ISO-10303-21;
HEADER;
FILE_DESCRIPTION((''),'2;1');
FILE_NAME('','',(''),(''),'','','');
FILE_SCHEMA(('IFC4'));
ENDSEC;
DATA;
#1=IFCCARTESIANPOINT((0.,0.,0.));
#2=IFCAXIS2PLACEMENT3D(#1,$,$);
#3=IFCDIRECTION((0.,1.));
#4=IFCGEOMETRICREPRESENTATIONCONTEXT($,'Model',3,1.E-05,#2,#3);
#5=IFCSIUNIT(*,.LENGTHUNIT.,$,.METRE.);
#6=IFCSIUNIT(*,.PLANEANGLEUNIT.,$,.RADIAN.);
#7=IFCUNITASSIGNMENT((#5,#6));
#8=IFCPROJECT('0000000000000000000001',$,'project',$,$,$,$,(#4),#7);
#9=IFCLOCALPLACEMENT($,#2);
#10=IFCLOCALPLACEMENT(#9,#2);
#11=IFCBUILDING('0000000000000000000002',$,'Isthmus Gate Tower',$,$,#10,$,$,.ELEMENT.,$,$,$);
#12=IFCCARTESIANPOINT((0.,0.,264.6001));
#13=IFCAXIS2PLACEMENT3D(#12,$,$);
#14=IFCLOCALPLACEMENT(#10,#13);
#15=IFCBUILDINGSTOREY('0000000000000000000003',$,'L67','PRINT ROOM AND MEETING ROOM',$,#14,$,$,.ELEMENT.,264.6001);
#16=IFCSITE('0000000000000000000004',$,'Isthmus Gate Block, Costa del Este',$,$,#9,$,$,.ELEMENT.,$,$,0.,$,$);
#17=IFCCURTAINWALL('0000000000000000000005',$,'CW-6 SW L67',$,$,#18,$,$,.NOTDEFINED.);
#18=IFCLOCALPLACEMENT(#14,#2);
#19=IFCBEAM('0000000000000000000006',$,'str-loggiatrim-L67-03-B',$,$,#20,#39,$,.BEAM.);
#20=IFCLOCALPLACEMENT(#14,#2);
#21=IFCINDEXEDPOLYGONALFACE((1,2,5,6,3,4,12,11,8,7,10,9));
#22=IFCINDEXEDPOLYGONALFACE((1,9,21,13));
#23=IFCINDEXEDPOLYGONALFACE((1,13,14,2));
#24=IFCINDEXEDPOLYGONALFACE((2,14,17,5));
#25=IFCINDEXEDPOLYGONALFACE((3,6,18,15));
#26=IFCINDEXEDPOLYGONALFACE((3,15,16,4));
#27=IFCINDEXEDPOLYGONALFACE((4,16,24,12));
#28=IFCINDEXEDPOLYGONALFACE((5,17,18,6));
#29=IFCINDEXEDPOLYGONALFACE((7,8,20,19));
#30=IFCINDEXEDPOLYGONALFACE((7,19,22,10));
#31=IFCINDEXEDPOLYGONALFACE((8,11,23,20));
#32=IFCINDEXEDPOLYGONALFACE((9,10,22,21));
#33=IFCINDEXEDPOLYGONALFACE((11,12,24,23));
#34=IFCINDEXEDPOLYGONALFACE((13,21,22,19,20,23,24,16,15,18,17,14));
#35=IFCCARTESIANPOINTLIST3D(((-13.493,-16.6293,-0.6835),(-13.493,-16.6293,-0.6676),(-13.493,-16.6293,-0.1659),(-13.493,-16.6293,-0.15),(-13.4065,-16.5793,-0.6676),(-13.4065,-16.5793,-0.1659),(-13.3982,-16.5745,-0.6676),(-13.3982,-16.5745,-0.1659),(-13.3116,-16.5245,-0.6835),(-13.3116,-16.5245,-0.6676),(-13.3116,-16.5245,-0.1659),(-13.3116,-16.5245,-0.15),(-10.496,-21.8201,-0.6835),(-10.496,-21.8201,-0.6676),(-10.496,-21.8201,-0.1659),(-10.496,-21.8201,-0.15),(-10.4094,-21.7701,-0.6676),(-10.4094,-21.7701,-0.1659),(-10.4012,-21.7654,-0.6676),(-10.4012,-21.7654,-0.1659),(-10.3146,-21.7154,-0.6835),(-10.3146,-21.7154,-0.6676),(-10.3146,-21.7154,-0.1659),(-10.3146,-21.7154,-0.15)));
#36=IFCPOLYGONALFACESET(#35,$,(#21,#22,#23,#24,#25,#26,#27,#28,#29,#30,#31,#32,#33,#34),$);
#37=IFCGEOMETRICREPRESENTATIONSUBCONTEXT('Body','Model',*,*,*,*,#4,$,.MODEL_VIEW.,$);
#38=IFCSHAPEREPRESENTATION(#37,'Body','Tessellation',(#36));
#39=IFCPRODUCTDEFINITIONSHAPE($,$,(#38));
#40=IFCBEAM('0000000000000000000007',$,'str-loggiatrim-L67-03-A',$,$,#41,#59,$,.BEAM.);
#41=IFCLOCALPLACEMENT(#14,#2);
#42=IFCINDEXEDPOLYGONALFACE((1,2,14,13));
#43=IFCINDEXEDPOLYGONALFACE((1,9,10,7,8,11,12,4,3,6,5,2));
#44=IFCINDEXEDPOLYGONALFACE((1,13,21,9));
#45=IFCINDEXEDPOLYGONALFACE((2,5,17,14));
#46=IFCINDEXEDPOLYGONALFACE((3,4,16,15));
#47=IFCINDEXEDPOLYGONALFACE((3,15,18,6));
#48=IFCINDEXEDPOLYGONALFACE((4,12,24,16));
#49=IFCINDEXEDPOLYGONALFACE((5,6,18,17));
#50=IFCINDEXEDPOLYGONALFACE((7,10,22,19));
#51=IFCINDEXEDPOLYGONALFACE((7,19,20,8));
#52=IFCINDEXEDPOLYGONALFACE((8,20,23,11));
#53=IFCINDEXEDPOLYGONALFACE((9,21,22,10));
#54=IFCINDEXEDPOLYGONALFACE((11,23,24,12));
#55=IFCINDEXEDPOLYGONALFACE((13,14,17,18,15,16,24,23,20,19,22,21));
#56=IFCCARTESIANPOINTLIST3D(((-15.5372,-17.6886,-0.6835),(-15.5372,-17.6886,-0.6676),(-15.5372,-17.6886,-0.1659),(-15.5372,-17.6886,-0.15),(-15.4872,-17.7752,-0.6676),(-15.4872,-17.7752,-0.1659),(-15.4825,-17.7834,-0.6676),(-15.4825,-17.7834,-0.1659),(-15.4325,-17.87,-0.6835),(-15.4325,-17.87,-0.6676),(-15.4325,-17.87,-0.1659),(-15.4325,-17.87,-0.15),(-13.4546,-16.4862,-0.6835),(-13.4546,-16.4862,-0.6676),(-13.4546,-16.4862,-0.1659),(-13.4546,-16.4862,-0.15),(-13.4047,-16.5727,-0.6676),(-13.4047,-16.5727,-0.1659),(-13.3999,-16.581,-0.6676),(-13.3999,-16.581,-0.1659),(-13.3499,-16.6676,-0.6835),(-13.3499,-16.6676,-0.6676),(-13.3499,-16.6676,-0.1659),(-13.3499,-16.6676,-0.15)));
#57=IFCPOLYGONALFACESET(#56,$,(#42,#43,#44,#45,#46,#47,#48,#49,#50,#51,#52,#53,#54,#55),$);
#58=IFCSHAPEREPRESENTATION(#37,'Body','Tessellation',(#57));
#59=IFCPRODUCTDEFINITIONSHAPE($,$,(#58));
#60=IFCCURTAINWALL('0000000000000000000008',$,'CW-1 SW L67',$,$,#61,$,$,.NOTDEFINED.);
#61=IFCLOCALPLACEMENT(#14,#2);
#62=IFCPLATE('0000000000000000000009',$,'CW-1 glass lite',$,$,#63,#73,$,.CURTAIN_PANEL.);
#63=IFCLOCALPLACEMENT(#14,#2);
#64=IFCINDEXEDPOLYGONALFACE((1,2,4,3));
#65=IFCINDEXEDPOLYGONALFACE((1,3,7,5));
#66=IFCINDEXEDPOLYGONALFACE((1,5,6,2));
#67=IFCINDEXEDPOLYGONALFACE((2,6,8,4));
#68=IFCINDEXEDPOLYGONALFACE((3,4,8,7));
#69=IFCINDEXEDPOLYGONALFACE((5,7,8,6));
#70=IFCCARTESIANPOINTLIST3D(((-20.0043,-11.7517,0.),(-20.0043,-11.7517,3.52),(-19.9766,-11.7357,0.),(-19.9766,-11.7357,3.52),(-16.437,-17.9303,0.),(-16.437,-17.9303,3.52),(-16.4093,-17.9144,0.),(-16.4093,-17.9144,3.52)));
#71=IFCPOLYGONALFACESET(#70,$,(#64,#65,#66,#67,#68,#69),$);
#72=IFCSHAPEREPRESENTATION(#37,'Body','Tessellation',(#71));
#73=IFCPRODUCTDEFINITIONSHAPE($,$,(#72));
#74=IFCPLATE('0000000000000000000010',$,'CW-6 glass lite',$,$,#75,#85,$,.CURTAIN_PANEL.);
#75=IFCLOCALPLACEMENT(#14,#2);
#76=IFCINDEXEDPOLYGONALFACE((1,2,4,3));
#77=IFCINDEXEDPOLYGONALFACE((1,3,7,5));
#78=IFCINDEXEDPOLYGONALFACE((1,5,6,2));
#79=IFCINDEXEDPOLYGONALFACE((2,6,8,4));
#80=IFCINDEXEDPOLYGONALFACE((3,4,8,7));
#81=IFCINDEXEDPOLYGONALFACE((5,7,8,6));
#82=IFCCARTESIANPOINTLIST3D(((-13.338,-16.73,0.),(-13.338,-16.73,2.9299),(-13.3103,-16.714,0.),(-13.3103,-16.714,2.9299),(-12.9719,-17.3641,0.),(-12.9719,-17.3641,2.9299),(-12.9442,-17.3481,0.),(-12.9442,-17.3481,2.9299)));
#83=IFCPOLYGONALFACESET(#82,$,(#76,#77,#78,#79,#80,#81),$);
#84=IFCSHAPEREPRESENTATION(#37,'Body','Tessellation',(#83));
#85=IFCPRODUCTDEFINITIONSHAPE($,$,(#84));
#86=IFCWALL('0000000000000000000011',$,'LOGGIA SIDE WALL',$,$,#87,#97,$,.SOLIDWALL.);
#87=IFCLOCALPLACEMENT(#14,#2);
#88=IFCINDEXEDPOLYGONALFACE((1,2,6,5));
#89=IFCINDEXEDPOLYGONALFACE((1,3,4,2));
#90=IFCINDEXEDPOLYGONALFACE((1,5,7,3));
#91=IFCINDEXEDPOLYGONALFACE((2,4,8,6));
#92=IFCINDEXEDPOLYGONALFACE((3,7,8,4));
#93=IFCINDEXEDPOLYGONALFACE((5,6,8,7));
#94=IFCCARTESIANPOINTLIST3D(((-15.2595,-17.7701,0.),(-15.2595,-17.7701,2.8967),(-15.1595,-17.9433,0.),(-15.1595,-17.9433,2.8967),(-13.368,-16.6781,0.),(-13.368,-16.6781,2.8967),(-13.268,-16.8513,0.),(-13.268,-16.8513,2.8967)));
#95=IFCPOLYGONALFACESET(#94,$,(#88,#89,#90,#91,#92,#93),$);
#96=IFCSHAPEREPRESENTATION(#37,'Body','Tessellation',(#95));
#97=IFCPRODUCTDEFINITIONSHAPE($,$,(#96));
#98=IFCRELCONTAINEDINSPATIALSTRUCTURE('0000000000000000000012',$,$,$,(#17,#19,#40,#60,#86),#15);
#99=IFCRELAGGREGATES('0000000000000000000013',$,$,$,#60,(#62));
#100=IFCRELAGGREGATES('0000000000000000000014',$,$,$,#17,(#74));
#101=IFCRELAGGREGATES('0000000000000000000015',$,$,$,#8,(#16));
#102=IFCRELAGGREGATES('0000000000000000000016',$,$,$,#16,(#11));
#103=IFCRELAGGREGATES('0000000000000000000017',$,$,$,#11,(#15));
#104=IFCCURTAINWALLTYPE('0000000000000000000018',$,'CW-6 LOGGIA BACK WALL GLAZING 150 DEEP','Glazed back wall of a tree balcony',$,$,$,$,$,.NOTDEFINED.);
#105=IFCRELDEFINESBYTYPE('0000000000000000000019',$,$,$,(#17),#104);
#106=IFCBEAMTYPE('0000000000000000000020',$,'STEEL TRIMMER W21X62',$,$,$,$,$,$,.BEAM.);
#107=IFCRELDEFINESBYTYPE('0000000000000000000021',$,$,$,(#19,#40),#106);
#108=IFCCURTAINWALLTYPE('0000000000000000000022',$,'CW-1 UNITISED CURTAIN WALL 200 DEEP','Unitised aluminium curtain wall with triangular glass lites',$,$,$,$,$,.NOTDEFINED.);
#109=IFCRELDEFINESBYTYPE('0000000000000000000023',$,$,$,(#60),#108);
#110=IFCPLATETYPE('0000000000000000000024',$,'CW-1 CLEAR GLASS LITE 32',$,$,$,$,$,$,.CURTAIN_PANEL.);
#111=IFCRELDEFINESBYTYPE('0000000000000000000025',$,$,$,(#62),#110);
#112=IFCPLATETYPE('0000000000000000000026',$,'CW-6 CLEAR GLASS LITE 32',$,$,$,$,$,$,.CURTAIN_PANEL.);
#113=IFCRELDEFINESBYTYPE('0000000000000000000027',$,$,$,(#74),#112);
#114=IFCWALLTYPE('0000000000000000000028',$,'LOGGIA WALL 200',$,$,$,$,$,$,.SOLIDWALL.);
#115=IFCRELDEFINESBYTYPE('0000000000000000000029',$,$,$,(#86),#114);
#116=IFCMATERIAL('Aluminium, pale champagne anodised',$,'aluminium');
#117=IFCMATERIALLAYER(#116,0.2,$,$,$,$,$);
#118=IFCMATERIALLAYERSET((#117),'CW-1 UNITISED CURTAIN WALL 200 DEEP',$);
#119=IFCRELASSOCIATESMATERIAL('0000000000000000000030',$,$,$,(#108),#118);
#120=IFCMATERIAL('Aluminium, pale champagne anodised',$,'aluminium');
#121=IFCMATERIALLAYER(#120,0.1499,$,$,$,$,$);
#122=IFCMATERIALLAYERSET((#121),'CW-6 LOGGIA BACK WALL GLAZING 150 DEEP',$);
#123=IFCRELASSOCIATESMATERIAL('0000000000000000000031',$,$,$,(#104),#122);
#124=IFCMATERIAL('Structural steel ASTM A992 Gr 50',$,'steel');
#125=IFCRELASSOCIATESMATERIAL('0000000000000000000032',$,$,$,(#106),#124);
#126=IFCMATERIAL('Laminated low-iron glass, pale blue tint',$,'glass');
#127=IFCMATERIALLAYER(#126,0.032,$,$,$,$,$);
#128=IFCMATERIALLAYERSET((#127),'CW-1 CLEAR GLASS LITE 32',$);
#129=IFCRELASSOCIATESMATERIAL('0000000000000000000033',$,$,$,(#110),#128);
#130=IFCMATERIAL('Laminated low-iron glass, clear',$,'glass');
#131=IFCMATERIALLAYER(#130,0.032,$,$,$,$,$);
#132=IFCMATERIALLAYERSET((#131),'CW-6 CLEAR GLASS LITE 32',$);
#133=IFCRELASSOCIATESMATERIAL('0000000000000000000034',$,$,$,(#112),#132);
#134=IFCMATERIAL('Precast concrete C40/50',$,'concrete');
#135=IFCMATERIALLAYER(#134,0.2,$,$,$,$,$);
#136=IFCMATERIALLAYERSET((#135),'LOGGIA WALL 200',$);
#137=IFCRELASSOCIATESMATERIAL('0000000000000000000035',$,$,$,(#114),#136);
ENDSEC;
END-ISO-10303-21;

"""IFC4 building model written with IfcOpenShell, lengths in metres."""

from ifc_helpers import new_model, si_unit, direction, frame, frame_2d, origin, origin_2d, place, context, subcontext, project, spatial, rectangle, i_section, extrude, material, layer, layer_set, material_profile, profile_set, type_object, element, aggregate, save


model = new_model("IFC4")

# Units and contexts
model_context = context("Model", 3, precision=1e-05, world=origin(), true_north=direction((0.0, 1.0)))
body_context = subcontext(model_context, "Body", "Model", "MODEL_VIEW")
ifc_project = project(units=[si_unit("LENGTHUNIT", "METRE"), si_unit("PLANEANGLEUNIT", "RADIAN")], contexts=[model_context])

# Site, building, storey
site_placement = place(None, origin())
site = spatial("IfcSite", under=ifc_project, at=site_placement, Name="Isthmus Gate Block, Costa del Este", CompositionType="ELEMENT", RefElevation=0.0)
building_placement = place(site_placement, origin())
building = spatial("IfcBuilding", under=site, at=building_placement, Name="Isthmus Gate Tower", CompositionType="ELEMENT")
storey_placement = place(building_placement, frame((0.0, 0.0, 264.6001)))
storey = spatial("IfcBuildingStorey", under=building, at=storey_placement, Name="L67", Description="PRINT ROOM AND MEETING ROOM", CompositionType="ELEMENT", Elevation=264.6001)

# Shared definitions
ifc_material_1 = material(Name="Aluminium, pale champagne anodised", Category="aluminium")
ifc_layer_1 = layer(ifc_material_1, 0.2)
ifc_layer_set_1 = layer_set([ifc_layer_1], Name="CW-1 UNITISED CURTAIN WALL 200 DEEP")
curtain_wall_type_1 = type_object("IfcCurtainWallType", Name="CW-1 UNITISED CURTAIN WALL 200 DEEP", Description="Unitised aluminium curtain wall with triangular glass lites", PredefinedType="NOTDEFINED", material=ifc_layer_set_1)

# Curtain wall
ifc_material_2 = material(Name="Aluminium, pale champagne anodised", Category="aluminium")
ifc_layer_2 = layer(ifc_material_2, 0.1499)
ifc_layer_set_2 = layer_set([ifc_layer_2], Name="CW-6 LOGGIA BACK WALL GLAZING 150 DEEP")
curtain_wall_type_2 = type_object("IfcCurtainWallType", Name="CW-6 LOGGIA BACK WALL GLAZING 150 DEEP", Description="Glazed back wall of a tree balcony", PredefinedType="NOTDEFINED", material=ifc_layer_set_2)
curtain_wall_1_placement = place(storey_placement, origin())
curtain_wall_1 = element("IfcCurtainWall", 1, at=curtain_wall_1_placement, inside=storey, type_object=curtain_wall_type_2, Name="CW-6 SW L67", PredefinedType="NOTDEFINED")

# Beams
ifc_material_3 = material(Name="Structural steel ASTM A992 Gr 50", Category="steel")
ifc_material_profile_1 = material_profile(ifc_material_3, i_section(OverallWidth=0.2095, OverallDepth=0.5334, WebThickness=0.0095, FlangeThickness=0.0159, at=origin_2d()), Name="W21X62")
ifc_profile_set_1 = profile_set([ifc_material_profile_1], Name="Structural steel ASTM A992 Gr 50")
beam_type_1 = type_object("IfcBeamType", Name="STEEL TRIMMER W21X62", PredefinedType="BEAM", material=ifc_profile_set_1)
beam_1_placement = place(storey_placement, frame((-13.4023, -16.5769, -0.4167), z_axis=(0.500012, -0.866019, 0.0), x_axis=(0.866019, 0.500012, 0.0)))
element("IfcBeam", 2, at=beam_1_placement, inside=storey, type_object=beam_type_1, Name="str-loggiatrim-L67-03-B", PredefinedType="BEAM", context=body_context, shape_type="SweptSolid", body=[
    extrude(i_section(OverallWidth=0.2095, OverallDepth=0.5334, WebThickness=0.0095, FlangeThickness=0.0159, at=origin_2d()), origin(), (0.0, 0.0, 1.0), 5.9939),
])
beam_2_placement = place(storey_placement, frame((-15.4849, -17.7793, -0.4167), z_axis=(0.866017, 0.500015, 0.0), x_axis=(-0.500015, 0.866017, 0.0)))
element("IfcBeam", 3, at=beam_2_placement, inside=storey, type_object=beam_type_1, Name="str-loggiatrim-L67-03-A", PredefinedType="BEAM", context=body_context, shape_type="SweptSolid", body=[
    extrude(i_section(OverallWidth=0.2095, OverallDepth=0.5334, WebThickness=0.0095, FlangeThickness=0.0159, at=origin_2d()), origin(), (0.0, 0.0, 1.0), 2.4048),
])

# Curtain wall, plate
curtain_wall_2_placement = place(storey_placement, origin())
curtain_wall_2 = element("IfcCurtainWall", 4, at=curtain_wall_2_placement, inside=storey, type_object=curtain_wall_type_1, Name="CW-1 SW L67", PredefinedType="NOTDEFINED")
ifc_material_4 = material(Name="Laminated low-iron glass, pale blue tint", Category="glass")
ifc_layer_3 = layer(ifc_material_4, 0.032)
ifc_layer_set_3 = layer_set([ifc_layer_3], Name="CW-1 CLEAR GLASS LITE 32")
plate_type_1 = type_object("IfcPlateType", Name="CW-1 CLEAR GLASS LITE 32", PredefinedType="CURTAIN_PANEL", material=ifc_layer_set_3)
plate_1_placement = place(storey_placement, frame((-18.2068, -14.833, 0.0), z_axis=(0.0, 0.0, 1.0), x_axis=(0.5, -0.866025, 0.0)))
plate_1 = element("IfcPlate", 5, at=plate_1_placement, type_object=plate_type_1, Name="CW-1 glass lite", PredefinedType="CURTAIN_PANEL", context=body_context, shape_type="SweptSolid", body=[
    extrude(rectangle(XDim=7.1345, YDim=0.032, at=origin_2d()), origin(), (0.0, 0.0, 1.0), 3.52),
])
aggregate(curtain_wall_2, [plate_1])

# Plate
ifc_material_5 = material(Name="Laminated low-iron glass, clear", Category="glass")
ifc_layer_4 = layer(ifc_material_5, 0.032)
ifc_layer_set_4 = layer_set([ifc_layer_4], Name="CW-6 CLEAR GLASS LITE 32")
plate_type_2 = type_object("IfcPlateType", Name="CW-6 CLEAR GLASS LITE 32", PredefinedType="CURTAIN_PANEL", material=ifc_layer_set_4)
plate_2_placement = place(storey_placement, frame((-13.1411, -17.0391, 0.0), z_axis=(0.0, 0.0, 1.0), x_axis=(0.5, -0.866025, 0.0)))
plate_2 = element("IfcPlate", 6, at=plate_2_placement, type_object=plate_type_2, Name="CW-6 glass lite", PredefinedType="CURTAIN_PANEL", context=body_context, shape_type="SweptSolid", body=[
    extrude(rectangle(XDim=0.7322, YDim=0.032, at=origin_2d()), origin(), (0.0, 0.0, 1.0), 2.9299),
])
aggregate(curtain_wall_1, [plate_2])

# Shared definitions
ifc_material_6 = material(Name="Precast concrete C40/50", Category="concrete")
ifc_layer_5 = layer(ifc_material_6, 0.2)
ifc_layer_set_5 = layer_set([ifc_layer_5], Name="LOGGIA WALL 200")
wall_type = type_object("IfcWallType", Name="LOGGIA WALL 200", PredefinedType="SOLIDWALL", material=ifc_layer_set_5)

# Wall
wall_1_placement = place(storey_placement, frame((-15.2095, -17.8567, 0.0), z_axis=(0.0, 0.0, 1.0), x_axis=(0.86604, 0.499974, 0.0)))
element("IfcWall", 7, at=wall_1_placement, inside=storey, type_object=wall_type, Name="LOGGIA SIDE WALL", PredefinedType="SOLIDWALL", context=body_context, shape_type="SweptSolid", body=[
    extrude(rectangle(XDim=2.1841, YDim=0.2, at=frame_2d((1.092, 0.0))), origin(), (0.0, 0.0, 1.0), 2.8967),
])

save(model, "model.ifc")
